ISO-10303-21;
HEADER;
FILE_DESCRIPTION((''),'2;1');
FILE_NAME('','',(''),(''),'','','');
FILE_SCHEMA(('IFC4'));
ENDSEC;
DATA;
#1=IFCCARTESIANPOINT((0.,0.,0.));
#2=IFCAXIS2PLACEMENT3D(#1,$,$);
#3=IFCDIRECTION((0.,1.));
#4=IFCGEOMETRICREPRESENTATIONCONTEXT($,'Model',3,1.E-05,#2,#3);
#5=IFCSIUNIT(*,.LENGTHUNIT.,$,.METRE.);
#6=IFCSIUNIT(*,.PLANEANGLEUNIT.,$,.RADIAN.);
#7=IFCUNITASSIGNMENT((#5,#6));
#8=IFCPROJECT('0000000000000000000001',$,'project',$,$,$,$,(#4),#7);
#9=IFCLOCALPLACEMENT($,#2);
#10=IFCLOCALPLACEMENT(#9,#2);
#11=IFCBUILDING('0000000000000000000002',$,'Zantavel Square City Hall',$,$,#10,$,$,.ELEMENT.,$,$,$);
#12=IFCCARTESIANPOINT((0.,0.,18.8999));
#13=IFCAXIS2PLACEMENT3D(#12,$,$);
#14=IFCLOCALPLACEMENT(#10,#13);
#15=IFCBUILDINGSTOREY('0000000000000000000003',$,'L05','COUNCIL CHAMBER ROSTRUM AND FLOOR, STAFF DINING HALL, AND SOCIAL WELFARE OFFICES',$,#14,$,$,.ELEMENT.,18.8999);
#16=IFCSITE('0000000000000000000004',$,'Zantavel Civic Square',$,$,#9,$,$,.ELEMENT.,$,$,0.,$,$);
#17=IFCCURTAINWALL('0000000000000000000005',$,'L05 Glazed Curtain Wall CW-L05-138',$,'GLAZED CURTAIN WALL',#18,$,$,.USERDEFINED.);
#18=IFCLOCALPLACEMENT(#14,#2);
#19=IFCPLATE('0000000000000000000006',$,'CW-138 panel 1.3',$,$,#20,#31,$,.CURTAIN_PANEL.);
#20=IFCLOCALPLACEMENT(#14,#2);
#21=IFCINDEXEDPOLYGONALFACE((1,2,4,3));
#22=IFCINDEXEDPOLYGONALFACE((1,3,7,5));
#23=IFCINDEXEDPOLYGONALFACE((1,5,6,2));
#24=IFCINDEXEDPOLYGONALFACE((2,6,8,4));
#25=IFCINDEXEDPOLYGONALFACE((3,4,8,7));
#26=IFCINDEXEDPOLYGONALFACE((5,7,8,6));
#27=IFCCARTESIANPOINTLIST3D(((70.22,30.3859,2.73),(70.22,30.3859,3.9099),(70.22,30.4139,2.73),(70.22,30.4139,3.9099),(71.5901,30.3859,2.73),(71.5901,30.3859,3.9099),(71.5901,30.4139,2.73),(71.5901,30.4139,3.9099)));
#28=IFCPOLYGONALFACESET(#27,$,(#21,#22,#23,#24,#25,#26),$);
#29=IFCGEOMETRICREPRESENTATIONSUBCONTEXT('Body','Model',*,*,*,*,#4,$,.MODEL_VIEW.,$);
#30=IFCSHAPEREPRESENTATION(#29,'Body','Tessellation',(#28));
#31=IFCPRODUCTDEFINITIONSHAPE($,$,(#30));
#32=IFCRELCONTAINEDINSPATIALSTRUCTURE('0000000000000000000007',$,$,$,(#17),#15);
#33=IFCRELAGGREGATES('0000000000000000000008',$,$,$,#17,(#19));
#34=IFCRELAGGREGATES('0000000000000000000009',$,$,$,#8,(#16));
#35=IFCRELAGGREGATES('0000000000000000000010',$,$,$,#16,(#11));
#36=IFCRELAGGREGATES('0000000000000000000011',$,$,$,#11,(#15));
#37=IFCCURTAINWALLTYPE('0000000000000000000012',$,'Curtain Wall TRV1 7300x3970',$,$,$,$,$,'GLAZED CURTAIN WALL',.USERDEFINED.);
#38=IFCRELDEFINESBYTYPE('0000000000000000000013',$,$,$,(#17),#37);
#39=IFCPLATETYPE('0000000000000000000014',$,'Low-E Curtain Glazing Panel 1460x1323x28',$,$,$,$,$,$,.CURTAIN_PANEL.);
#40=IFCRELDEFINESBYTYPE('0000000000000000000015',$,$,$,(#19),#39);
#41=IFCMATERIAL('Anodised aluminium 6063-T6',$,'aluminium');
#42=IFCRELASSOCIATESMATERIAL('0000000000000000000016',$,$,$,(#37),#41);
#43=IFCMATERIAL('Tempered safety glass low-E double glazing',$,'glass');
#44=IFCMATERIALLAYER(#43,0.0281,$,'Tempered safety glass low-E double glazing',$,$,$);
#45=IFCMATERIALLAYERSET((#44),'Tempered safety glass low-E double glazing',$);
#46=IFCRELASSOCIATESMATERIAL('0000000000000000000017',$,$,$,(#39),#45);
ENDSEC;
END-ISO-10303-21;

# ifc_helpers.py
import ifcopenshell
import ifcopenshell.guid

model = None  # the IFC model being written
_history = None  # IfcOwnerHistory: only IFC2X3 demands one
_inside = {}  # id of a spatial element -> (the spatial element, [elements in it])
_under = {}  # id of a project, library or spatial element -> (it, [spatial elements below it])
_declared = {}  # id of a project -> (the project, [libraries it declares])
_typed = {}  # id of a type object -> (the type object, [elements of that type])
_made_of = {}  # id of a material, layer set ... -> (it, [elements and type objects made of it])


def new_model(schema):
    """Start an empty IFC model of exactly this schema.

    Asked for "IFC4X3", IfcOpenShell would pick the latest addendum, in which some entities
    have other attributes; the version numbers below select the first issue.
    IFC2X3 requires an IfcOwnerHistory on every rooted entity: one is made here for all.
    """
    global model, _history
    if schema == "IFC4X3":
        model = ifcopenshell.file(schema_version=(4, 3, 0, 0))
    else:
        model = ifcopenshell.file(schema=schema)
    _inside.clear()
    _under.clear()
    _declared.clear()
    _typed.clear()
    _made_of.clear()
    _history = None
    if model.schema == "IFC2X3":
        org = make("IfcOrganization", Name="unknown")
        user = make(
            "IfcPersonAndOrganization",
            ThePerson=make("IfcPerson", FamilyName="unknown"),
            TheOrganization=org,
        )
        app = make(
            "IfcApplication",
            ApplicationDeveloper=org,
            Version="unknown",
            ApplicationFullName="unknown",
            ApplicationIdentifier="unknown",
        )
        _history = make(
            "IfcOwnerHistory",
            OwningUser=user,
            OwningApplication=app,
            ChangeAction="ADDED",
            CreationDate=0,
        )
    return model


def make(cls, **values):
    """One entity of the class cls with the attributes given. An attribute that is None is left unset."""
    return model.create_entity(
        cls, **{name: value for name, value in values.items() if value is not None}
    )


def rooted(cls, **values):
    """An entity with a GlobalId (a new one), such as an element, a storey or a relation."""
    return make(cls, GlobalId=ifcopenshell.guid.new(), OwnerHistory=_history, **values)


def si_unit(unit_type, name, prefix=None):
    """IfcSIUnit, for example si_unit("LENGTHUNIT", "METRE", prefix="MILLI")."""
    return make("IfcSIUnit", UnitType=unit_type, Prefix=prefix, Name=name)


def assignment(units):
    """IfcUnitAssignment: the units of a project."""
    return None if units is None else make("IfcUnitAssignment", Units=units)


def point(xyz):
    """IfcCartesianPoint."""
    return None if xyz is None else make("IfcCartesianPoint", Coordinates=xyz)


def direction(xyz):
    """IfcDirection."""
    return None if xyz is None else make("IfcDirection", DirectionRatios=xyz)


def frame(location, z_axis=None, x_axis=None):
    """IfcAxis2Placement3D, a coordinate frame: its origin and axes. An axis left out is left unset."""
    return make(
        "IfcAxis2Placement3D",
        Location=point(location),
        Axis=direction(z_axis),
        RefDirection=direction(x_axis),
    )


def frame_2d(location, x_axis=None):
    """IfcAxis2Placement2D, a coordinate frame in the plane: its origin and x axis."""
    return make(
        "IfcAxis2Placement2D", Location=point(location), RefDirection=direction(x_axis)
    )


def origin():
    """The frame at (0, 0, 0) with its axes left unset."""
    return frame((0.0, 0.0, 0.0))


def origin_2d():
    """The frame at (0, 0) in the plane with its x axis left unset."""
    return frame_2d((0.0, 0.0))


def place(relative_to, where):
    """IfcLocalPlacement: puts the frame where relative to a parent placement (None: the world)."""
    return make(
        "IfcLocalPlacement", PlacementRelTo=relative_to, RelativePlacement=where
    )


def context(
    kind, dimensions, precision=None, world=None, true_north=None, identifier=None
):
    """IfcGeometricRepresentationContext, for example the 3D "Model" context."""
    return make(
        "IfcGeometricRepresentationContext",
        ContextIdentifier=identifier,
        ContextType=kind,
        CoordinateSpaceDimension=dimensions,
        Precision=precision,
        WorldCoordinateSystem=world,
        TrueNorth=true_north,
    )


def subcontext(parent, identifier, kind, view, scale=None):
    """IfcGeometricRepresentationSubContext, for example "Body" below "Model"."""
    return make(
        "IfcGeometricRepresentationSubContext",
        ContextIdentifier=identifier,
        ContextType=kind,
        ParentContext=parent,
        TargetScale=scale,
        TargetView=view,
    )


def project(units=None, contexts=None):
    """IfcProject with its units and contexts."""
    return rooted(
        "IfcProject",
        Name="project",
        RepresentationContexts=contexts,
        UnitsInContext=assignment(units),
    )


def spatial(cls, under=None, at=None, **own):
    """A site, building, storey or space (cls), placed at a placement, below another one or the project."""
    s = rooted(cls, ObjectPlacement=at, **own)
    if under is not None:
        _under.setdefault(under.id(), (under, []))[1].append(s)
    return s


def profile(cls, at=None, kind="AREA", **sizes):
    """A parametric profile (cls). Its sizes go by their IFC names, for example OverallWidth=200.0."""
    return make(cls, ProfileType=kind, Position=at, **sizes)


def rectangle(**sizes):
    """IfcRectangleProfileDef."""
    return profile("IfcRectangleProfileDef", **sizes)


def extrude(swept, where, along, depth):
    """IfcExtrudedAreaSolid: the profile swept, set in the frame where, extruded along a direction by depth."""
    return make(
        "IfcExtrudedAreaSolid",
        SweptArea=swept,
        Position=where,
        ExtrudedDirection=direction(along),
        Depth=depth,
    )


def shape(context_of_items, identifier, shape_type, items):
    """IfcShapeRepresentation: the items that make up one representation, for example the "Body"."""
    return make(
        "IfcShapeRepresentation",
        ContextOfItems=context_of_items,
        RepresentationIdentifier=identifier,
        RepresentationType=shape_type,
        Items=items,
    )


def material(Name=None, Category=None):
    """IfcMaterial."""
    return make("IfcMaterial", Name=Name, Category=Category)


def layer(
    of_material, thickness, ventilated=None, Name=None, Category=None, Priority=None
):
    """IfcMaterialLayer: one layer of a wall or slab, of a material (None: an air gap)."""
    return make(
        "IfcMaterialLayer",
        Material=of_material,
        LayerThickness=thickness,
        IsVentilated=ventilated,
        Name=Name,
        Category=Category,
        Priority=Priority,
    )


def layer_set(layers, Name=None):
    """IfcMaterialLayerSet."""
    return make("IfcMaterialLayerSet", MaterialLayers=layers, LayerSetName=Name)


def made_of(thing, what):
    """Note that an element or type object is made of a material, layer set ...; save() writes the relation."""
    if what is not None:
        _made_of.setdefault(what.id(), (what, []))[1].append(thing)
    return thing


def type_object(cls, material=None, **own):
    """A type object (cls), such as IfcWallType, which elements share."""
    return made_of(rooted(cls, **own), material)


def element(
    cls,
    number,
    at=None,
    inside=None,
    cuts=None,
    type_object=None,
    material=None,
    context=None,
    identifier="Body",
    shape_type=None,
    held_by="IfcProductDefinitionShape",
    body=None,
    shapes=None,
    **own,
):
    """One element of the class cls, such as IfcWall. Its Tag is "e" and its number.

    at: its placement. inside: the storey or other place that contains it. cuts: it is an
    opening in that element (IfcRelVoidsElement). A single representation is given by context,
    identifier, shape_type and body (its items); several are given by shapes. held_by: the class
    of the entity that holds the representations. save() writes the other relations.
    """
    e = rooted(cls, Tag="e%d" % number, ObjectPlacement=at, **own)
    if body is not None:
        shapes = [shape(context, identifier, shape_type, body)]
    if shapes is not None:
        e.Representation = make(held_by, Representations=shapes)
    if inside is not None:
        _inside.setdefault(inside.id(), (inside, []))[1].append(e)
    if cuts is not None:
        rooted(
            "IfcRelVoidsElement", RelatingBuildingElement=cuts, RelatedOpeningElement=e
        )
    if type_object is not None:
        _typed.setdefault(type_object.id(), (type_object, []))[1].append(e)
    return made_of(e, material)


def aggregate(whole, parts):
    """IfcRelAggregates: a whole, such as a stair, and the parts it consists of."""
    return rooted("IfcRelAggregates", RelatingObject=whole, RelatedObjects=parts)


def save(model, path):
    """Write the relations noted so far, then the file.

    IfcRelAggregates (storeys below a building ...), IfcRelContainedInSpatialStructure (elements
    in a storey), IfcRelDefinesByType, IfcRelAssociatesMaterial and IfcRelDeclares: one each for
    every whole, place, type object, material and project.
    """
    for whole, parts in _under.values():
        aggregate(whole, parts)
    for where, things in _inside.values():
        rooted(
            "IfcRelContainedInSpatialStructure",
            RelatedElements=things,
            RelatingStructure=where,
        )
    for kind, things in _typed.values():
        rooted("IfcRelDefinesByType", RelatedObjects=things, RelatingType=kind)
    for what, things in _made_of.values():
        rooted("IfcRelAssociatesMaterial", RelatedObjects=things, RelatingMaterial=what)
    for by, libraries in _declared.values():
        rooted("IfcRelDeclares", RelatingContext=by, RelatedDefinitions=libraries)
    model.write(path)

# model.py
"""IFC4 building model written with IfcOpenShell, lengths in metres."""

from ifc_helpers import new_model, si_unit, direction, frame, origin, origin_2d, place, context, subcontext, project, spatial, rectangle, extrude, material, layer, layer_set, type_object, element, aggregate, save


model = new_model("IFC4")

# Units and contexts
model_context = context("Model", 3, precision=1e-05, world=origin(), true_north=direction((0.0, 1.0)))
body_context = subcontext(model_context, "Body", "Model", "MODEL_VIEW")
ifc_project = project(units=[si_unit("LENGTHUNIT", "METRE"), si_unit("PLANEANGLEUNIT", "RADIAN")], contexts=[model_context])

# Site, building, storey
site_placement = place(None, origin())
site = spatial("IfcSite", under=ifc_project, at=site_placement, Name="Zantavel Civic Square", CompositionType="ELEMENT", RefElevation=0.0)
building_placement = place(site_placement, origin())
building = spatial("IfcBuilding", under=site, at=building_placement, Name="Zantavel Square City Hall", CompositionType="ELEMENT")
storey_placement = place(building_placement, frame((0.0, 0.0, 18.8999)))
storey = spatial("IfcBuildingStorey", under=building, at=storey_placement, Name="L05", Description="COUNCIL CHAMBER ROSTRUM AND FLOOR, STAFF DINING HALL, AND SOCIAL WELFARE OFFICES", CompositionType="ELEMENT", Elevation=18.8999)

# Curtain wall
ifc_material_1 = material(Name="Anodised aluminium 6063-T6", Category="aluminium")
curtain_wall_type = type_object("IfcCurtainWallType", Name="Curtain Wall TRV1 7300x3970", ElementType="GLAZED CURTAIN WALL", PredefinedType="USERDEFINED", material=ifc_material_1)
curtain_wall_1_placement = place(storey_placement, origin())
curtain_wall_1 = element("IfcCurtainWall", 1, at=curtain_wall_1_placement, inside=storey, type_object=curtain_wall_type, Name="L05 Glazed Curtain Wall CW-L05-138", ObjectType="GLAZED CURTAIN WALL", PredefinedType="USERDEFINED")

# Plate
ifc_material_2 = material(Name="Tempered safety glass low-E double glazing", Category="glass")
ifc_layer = layer(ifc_material_2, 0.0281, Name="Tempered safety glass low-E double glazing")
ifc_layer_set = layer_set([ifc_layer], Name="Tempered safety glass low-E double glazing")
plate_type = type_object("IfcPlateType", Name="Low-E Curtain Glazing Panel 1460x1323x28", PredefinedType="CURTAIN_PANEL", material=ifc_layer_set)
plate_1_placement = place(storey_placement, frame((70.905, 30.3999, 2.73), z_axis=(0.0, 0.0, 1.0), x_axis=(-1.0, 0.0, 0.0)))
plate_1 = element("IfcPlate", 2, at=plate_1_placement, type_object=plate_type, Name="CW-138 panel 1.3", PredefinedType="CURTAIN_PANEL", context=body_context, shape_type="SweptSolid", body=[
    extrude(rectangle(XDim=1.3701, YDim=0.0281, at=origin_2d()), origin(), (0.0, 0.0, 1.0), 1.1799),
])
aggregate(curtain_wall_1, [plate_1])

save(model, "model.ifc")
